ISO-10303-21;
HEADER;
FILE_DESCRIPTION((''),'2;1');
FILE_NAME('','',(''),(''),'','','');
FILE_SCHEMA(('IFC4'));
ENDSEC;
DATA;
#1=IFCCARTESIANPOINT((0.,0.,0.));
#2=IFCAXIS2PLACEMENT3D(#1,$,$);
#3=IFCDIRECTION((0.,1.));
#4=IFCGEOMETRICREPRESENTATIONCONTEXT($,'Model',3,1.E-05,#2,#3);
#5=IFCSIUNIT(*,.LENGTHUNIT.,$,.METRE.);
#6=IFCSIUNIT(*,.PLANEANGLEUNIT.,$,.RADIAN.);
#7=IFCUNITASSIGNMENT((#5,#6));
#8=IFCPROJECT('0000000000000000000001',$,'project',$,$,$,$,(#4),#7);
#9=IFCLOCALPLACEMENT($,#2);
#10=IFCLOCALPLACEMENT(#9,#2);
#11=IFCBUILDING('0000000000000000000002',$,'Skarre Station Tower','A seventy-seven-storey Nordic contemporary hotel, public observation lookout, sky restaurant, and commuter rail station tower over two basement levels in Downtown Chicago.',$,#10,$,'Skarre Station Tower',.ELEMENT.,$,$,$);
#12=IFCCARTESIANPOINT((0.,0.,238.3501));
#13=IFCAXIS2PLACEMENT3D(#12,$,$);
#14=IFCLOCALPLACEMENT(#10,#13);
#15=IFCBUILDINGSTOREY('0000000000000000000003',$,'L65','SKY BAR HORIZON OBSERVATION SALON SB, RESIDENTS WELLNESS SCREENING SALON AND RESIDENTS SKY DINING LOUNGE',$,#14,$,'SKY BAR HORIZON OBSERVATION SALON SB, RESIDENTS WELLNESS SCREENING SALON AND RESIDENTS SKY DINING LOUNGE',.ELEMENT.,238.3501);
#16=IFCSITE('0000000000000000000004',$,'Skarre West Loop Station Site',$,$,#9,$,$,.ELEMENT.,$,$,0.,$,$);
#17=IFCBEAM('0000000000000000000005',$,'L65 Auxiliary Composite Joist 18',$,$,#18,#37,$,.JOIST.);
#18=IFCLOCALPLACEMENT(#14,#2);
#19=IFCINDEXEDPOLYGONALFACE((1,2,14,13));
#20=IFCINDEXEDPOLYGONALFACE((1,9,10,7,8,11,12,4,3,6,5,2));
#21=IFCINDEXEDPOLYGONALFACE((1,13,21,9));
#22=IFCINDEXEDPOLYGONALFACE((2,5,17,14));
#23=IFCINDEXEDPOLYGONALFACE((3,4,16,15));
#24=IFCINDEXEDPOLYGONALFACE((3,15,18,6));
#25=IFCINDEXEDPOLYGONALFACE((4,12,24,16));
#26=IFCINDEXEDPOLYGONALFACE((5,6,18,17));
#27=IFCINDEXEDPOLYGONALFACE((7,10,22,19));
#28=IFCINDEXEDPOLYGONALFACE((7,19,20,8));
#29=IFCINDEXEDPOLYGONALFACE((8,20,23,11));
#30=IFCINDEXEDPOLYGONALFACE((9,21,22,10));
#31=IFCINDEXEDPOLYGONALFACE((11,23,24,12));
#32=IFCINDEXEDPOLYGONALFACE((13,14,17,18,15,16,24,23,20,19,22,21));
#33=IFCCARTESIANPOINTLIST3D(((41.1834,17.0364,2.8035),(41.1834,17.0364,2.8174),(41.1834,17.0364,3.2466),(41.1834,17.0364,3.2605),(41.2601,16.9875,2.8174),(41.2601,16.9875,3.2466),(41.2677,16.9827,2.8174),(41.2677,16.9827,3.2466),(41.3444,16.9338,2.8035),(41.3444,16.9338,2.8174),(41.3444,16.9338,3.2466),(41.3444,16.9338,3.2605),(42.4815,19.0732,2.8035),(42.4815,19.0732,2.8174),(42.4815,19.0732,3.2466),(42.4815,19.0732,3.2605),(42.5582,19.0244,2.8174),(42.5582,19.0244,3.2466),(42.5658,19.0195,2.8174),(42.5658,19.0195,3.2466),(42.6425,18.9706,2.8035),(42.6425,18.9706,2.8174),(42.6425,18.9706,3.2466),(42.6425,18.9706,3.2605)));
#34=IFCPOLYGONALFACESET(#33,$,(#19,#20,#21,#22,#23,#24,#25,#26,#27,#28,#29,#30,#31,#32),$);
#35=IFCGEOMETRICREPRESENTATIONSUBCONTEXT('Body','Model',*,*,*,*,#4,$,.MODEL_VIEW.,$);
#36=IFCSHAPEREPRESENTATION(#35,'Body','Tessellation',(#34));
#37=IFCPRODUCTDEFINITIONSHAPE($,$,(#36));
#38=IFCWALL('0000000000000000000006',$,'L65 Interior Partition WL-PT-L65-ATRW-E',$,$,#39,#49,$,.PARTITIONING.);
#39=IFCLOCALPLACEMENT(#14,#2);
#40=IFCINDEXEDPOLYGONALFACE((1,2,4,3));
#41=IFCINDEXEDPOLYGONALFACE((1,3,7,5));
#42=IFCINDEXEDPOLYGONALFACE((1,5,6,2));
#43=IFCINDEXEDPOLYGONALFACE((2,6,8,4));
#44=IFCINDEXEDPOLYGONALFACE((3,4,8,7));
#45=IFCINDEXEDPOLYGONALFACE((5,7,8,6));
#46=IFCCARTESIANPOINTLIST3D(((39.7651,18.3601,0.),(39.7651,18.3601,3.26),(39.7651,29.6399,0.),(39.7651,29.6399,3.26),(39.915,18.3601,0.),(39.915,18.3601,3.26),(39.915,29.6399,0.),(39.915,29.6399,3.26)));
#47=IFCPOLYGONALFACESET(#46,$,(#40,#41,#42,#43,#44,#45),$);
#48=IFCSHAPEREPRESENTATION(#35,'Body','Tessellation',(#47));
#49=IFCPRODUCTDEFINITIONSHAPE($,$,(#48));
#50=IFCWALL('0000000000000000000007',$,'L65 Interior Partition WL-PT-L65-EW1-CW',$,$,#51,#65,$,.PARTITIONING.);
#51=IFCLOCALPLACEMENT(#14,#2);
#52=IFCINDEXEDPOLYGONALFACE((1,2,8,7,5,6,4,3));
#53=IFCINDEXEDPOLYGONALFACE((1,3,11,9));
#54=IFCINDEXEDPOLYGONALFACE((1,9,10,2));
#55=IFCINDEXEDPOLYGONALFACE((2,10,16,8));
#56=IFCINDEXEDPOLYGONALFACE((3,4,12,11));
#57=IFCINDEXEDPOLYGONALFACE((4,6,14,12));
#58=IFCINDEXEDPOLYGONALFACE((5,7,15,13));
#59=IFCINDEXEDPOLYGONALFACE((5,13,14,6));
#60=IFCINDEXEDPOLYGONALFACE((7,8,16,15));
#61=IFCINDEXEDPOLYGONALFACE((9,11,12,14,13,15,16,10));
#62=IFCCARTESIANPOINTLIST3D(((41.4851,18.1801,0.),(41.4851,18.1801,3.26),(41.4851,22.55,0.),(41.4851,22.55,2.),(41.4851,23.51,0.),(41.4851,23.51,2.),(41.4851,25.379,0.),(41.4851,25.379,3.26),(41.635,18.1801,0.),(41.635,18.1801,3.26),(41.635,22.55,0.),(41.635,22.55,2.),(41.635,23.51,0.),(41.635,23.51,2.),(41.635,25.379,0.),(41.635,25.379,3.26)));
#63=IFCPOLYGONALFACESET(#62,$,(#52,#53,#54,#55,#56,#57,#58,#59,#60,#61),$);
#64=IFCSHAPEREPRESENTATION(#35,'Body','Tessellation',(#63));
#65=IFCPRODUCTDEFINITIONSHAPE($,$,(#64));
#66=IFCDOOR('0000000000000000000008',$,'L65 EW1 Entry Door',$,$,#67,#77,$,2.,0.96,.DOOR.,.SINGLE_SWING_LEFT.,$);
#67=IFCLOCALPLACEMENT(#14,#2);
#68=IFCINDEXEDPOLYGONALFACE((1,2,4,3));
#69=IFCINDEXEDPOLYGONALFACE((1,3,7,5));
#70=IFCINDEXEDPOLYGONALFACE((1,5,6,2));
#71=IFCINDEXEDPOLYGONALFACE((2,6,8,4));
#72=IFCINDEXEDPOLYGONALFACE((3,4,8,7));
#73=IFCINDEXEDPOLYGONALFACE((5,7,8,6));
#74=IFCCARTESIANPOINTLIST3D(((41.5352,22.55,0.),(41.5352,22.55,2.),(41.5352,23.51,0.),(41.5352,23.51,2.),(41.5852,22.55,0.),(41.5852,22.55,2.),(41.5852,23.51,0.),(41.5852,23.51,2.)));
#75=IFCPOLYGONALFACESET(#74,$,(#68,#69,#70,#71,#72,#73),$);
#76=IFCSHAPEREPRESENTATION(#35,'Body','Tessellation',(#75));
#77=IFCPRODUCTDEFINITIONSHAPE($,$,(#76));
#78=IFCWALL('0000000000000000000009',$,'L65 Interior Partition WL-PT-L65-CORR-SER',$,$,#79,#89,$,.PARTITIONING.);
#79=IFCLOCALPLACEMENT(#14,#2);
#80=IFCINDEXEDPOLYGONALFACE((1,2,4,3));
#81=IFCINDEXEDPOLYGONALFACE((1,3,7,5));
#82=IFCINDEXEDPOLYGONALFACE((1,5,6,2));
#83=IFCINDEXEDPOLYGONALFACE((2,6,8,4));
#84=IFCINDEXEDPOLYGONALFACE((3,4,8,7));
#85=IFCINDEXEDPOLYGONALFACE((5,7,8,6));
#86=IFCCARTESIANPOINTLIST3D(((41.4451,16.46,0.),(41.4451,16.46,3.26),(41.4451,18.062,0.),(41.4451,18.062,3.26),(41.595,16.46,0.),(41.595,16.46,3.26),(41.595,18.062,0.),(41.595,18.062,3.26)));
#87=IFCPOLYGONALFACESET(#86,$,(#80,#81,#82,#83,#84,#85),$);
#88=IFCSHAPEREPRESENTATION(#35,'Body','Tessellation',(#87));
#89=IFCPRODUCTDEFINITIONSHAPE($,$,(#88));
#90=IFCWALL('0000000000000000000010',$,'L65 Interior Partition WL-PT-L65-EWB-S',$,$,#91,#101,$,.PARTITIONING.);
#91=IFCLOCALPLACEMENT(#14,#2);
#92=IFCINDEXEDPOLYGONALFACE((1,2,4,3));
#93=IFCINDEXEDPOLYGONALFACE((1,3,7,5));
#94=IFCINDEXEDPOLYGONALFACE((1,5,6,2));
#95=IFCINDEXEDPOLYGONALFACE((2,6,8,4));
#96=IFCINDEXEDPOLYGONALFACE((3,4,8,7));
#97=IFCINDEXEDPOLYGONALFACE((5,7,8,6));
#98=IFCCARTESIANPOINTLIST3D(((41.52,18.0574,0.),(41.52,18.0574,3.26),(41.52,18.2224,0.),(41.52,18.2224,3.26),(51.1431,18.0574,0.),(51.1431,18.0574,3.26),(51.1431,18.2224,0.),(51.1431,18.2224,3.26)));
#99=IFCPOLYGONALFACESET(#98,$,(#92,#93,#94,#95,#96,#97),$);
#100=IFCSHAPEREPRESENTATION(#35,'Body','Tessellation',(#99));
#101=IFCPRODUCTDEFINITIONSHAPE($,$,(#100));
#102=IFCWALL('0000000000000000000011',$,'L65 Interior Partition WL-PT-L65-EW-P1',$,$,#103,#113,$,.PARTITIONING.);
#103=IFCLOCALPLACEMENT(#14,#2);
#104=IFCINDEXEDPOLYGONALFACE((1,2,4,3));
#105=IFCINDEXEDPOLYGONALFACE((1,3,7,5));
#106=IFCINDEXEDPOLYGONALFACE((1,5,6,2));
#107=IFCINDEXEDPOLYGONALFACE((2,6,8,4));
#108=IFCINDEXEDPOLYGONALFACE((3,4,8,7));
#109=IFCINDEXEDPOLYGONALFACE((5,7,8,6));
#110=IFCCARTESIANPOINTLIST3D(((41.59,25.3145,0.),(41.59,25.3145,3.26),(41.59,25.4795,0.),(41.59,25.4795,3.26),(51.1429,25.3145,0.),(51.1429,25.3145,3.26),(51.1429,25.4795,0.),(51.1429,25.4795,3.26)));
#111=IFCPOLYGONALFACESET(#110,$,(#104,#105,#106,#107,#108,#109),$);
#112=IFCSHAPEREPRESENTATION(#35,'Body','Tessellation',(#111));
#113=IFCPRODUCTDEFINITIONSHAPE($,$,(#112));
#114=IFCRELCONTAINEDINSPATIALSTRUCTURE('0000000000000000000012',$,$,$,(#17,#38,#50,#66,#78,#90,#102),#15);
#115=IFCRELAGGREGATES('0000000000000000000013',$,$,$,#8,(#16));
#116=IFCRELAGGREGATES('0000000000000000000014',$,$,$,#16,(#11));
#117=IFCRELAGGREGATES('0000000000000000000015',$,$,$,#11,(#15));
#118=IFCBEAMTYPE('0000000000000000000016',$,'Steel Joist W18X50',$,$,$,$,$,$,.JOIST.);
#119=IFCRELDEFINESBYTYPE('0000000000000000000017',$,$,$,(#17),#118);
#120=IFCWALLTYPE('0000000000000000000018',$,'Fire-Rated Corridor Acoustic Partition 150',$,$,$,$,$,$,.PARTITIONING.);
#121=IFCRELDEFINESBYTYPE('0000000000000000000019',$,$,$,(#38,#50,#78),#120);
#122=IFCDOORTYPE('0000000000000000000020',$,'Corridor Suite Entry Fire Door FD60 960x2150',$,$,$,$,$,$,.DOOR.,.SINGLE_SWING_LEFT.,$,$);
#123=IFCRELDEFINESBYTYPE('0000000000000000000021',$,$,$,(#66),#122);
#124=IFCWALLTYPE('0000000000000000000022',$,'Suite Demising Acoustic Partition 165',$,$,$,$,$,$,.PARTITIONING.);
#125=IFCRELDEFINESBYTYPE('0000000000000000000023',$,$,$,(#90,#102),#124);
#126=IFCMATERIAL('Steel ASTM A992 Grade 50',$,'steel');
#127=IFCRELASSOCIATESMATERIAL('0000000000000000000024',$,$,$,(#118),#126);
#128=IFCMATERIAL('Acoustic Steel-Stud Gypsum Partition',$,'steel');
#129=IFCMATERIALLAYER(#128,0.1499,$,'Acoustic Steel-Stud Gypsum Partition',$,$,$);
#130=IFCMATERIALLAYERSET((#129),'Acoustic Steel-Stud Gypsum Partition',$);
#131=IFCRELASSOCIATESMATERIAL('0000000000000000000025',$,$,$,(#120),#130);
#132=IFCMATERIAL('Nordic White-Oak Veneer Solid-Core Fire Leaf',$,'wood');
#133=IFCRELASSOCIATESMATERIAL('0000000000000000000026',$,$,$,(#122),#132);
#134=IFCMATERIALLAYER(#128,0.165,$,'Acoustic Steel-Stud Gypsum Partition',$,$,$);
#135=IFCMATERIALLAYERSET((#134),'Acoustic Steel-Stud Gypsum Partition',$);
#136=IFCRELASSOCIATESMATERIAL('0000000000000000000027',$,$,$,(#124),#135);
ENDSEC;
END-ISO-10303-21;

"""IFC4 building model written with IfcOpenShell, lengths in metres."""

from ifc_helpers import new_model, si_unit, direction, frame, frame_2d, origin, origin_2d, place, context, subcontext, project, spatial, rectangle, i_section, extrude, material, layer, layer_set, material_profile, profile_set, type_object, element, fill, save


model = new_model("IFC4")

# Units and contexts
model_context = context("Model", 3, precision=1e-05, world=origin(), true_north=direction((0.0, 1.0)))
body_context = subcontext(model_context, "Body", "Model", "MODEL_VIEW")
ifc_project = project(units=[si_unit("LENGTHUNIT", "METRE"), si_unit("PLANEANGLEUNIT", "RADIAN")], contexts=[model_context])

# Site, building, storey
site_placement = place(None, origin())
site = spatial("IfcSite", under=ifc_project, at=site_placement, Name="Skarre West Loop Station Site", CompositionType="ELEMENT", RefElevation=0.0)
building_placement = place(site_placement, origin())
building = spatial("IfcBuilding", under=site, at=building_placement, Name="Skarre Station Tower", Description="A seventy-seven-storey Nordic contemporary hotel, public observation lookout, sky restaurant, and commuter rail station tower over two basement levels in Downtown Chicago.", LongName="Skarre Station Tower", CompositionType="ELEMENT")
storey_placement = place(building_placement, frame((0.0, 0.0, 238.3501)))
storey = spatial("IfcBuildingStorey", under=building, at=storey_placement, Name="L65", Description="SKY BAR HORIZON OBSERVATION SALON SB, RESIDENTS WELLNESS SCREENING SALON AND RESIDENTS SKY DINING LOUNGE", LongName="SKY BAR HORIZON OBSERVATION SALON SB, RESIDENTS WELLNESS SCREENING SALON AND RESIDENTS SKY DINING LOUNGE", CompositionType="ELEMENT", Elevation=238.3501)

# Beam
ifc_material_1 = material(Name="Steel ASTM A992 Grade 50", Category="steel")
ifc_material_profile_1 = material_profile(ifc_material_1, i_section(OverallWidth=0.1909, OverallDepth=0.457, WebThickness=0.009, FlangeThickness=0.0139, at=origin_2d()), Name="Steel ASTM A992 Grade 50")
ifc_profile_set_1 = profile_set([ifc_material_profile_1], Name="Steel ASTM A992 Grade 50")
beam_type_1 = type_object("IfcBeamType", Name="Steel Joist W18X50", PredefinedType="JOIST", material=ifc_profile_set_1)
beam_1_placement = place(storey_placement, frame((41.2639, 16.9851, 3.032), z_axis=(0.537438, 0.843303, 0.0), x_axis=(-0.843303, 0.537438, 0.0)))
element("IfcBeam", 1, at=beam_1_placement, inside=storey, type_object=beam_type_1, Name="L65 Auxiliary Composite Joist 18", PredefinedType="JOIST", context=body_context, shape_type="SweptSolid", body=[
    extrude(i_section(OverallWidth=0.1909, OverallDepth=0.457, WebThickness=0.009, FlangeThickness=0.0139, at=origin_2d()), origin(), (0.0, 0.0, 1.0), 2.4153),
])

# Wall
ifc_material_2 = material(Name="Acoustic Steel-Stud Gypsum Partition", Category="steel")
ifc_layer_1 = layer(ifc_material_2, 0.1499, Name="Acoustic Steel-Stud Gypsum Partition")
ifc_layer_set_1 = layer_set([ifc_layer_1], Name="Acoustic Steel-Stud Gypsum Partition")
wall_type_1 = type_object("IfcWallType", Name="Fire-Rated Corridor Acoustic Partition 150", PredefinedType="PARTITIONING", material=ifc_layer_set_1)
wall_1_placement = place(storey_placement, frame((39.8401, 18.3601, 0.0), z_axis=(0.0, 0.0, 1.0), x_axis=(0.0, 1.0, 0.0)))
element("IfcWall", 2, at=wall_1_placement, inside=storey, type_object=wall_type_1, Name="L65 Interior Partition WL-PT-L65-ATRW-E", PredefinedType="PARTITIONING", context=body_context, shape_type="SweptSolid", body=[
    extrude(rectangle(XDim=11.2798, YDim=0.1499, at=frame_2d((5.6399, 0.0))), origin(), (0.0, 0.0, 1.0), 3.26),
])

# Wall, opening, door
wall_2_placement = place(storey_placement, frame((41.5601, 18.1799, 0.0), z_axis=(0.0, 0.0, 1.0), x_axis=(0.0, 1.0, 0.0)))
wall_2 = element("IfcWall", 3, at=wall_2_placement, inside=storey, type_object=wall_type_1, Name="L65 Interior Partition WL-PT-L65-EW1-CW", PredefinedType="PARTITIONING", context=body_context, shape_type="SweptSolid", body=[
    extrude(rectangle(XDim=7.199, YDim=0.1499, at=frame_2d((3.5996, 0.0))), origin(), (0.0, 0.0, 1.0), 3.26),
])
opening_placement = place(wall_2_placement, frame((4.3701, 0.0, 0.0)))
opening = element("IfcOpeningElement", 4, at=opening_placement, cuts=wall_2, PredefinedType="OPENING", context=body_context, shape_type="SweptSolid", body=[
    extrude(rectangle(XDim=0.96, YDim=2.0, at=frame_2d((0.48, 1.0))), frame((0.0, 0.085, 0.0), z_axis=(0.0, -1.0, 0.0), x_axis=(1.0, 0.0, 0.0)), (0.0, 0.0, 1.0), 0.1699),
])
ifc_material_3 = material(Name="Nordic White-Oak Veneer Solid-Core Fire Leaf", Category="wood")
door_type = type_object("IfcDoorType", Name="Corridor Suite Entry Fire Door FD60 960x2150", OperationType="SINGLE_SWING_LEFT", PredefinedType="DOOR", material=ifc_material_3)
door_placement = place(opening_placement, origin())
door = element("IfcDoor", 5, at=door_placement, inside=storey, type_object=door_type, Name="L65 EW1 Entry Door", OperationType="SINGLE_SWING_LEFT", OverallHeight=2.0, OverallWidth=0.96, PredefinedType="DOOR", context=body_context, shape_type="SweptSolid", body=[
    extrude(rectangle(XDim=0.96, YDim=2.0, at=frame_2d((0.48, 1.0))), frame((0.0, 0.0249, 0.0), z_axis=(0.0, -1.0, 0.0), x_axis=(1.0, 0.0, 0.0)), (0.0, 0.0, 1.0), 0.05),
])
fill(opening, door)

# Walls
wall_3_placement = place(storey_placement, frame((41.52, 16.46, 0.0), z_axis=(0.0, 0.0, 1.0), x_axis=(0.0, 1.0, 0.0)))
element("IfcWall", 6, at=wall_3_placement, inside=storey, type_object=wall_type_1, Name="L65 Interior Partition WL-PT-L65-CORR-SER", PredefinedType="PARTITIONING", context=body_context, shape_type="SweptSolid", body=[
    extrude(rectangle(XDim=1.6021, YDim=0.1499, at=frame_2d((0.801, 0.0))), origin(), (0.0, 0.0, 1.0), 3.26),
])
ifc_layer_2 = layer(ifc_material_2, 0.165, Name="Acoustic Steel-Stud Gypsum Partition")
ifc_layer_set_2 = layer_set([ifc_layer_2], Name="Acoustic Steel-Stud Gypsum Partition")
wall_type_2 = type_object("IfcWallType", Name="Suite Demising Acoustic Partition 165", PredefinedType="PARTITIONING", material=ifc_layer_set_2)
wall_4_placement = place(storey_placement, frame((41.52, 18.1399, 0.0), z_axis=(0.0, 0.0, 1.0), x_axis=(1.0, 0.0, 0.0)))
element("IfcWall", 7, at=wall_4_placement, inside=storey, type_object=wall_type_2, Name="L65 Interior Partition WL-PT-L65-EWB-S", PredefinedType="PARTITIONING", context=body_context, shape_type="SweptSolid", body=[
    extrude(rectangle(XDim=9.623, YDim=0.165, at=frame_2d((4.8115, 0.0))), origin(), (0.0, 0.0, 1.0), 3.26),
])
wall_5_placement = place(storey_placement, frame((41.5901, 25.397, 0.0), z_axis=(0.0, 0.0, 1.0), x_axis=(1.0, 0.0, 0.0)))
element("IfcWall", 8, at=wall_5_placement, inside=storey, type_object=wall_type_2, Name="L65 Interior Partition WL-PT-L65-EW-P1", PredefinedType="PARTITIONING", context=body_context, shape_type="SweptSolid", body=[
    extrude(rectangle(XDim=9.553, YDim=0.165, at=frame_2d((4.7764, 0.0))), origin(), (0.0, 0.0, 1.0), 3.26),
])

save(model, "model.ifc")
